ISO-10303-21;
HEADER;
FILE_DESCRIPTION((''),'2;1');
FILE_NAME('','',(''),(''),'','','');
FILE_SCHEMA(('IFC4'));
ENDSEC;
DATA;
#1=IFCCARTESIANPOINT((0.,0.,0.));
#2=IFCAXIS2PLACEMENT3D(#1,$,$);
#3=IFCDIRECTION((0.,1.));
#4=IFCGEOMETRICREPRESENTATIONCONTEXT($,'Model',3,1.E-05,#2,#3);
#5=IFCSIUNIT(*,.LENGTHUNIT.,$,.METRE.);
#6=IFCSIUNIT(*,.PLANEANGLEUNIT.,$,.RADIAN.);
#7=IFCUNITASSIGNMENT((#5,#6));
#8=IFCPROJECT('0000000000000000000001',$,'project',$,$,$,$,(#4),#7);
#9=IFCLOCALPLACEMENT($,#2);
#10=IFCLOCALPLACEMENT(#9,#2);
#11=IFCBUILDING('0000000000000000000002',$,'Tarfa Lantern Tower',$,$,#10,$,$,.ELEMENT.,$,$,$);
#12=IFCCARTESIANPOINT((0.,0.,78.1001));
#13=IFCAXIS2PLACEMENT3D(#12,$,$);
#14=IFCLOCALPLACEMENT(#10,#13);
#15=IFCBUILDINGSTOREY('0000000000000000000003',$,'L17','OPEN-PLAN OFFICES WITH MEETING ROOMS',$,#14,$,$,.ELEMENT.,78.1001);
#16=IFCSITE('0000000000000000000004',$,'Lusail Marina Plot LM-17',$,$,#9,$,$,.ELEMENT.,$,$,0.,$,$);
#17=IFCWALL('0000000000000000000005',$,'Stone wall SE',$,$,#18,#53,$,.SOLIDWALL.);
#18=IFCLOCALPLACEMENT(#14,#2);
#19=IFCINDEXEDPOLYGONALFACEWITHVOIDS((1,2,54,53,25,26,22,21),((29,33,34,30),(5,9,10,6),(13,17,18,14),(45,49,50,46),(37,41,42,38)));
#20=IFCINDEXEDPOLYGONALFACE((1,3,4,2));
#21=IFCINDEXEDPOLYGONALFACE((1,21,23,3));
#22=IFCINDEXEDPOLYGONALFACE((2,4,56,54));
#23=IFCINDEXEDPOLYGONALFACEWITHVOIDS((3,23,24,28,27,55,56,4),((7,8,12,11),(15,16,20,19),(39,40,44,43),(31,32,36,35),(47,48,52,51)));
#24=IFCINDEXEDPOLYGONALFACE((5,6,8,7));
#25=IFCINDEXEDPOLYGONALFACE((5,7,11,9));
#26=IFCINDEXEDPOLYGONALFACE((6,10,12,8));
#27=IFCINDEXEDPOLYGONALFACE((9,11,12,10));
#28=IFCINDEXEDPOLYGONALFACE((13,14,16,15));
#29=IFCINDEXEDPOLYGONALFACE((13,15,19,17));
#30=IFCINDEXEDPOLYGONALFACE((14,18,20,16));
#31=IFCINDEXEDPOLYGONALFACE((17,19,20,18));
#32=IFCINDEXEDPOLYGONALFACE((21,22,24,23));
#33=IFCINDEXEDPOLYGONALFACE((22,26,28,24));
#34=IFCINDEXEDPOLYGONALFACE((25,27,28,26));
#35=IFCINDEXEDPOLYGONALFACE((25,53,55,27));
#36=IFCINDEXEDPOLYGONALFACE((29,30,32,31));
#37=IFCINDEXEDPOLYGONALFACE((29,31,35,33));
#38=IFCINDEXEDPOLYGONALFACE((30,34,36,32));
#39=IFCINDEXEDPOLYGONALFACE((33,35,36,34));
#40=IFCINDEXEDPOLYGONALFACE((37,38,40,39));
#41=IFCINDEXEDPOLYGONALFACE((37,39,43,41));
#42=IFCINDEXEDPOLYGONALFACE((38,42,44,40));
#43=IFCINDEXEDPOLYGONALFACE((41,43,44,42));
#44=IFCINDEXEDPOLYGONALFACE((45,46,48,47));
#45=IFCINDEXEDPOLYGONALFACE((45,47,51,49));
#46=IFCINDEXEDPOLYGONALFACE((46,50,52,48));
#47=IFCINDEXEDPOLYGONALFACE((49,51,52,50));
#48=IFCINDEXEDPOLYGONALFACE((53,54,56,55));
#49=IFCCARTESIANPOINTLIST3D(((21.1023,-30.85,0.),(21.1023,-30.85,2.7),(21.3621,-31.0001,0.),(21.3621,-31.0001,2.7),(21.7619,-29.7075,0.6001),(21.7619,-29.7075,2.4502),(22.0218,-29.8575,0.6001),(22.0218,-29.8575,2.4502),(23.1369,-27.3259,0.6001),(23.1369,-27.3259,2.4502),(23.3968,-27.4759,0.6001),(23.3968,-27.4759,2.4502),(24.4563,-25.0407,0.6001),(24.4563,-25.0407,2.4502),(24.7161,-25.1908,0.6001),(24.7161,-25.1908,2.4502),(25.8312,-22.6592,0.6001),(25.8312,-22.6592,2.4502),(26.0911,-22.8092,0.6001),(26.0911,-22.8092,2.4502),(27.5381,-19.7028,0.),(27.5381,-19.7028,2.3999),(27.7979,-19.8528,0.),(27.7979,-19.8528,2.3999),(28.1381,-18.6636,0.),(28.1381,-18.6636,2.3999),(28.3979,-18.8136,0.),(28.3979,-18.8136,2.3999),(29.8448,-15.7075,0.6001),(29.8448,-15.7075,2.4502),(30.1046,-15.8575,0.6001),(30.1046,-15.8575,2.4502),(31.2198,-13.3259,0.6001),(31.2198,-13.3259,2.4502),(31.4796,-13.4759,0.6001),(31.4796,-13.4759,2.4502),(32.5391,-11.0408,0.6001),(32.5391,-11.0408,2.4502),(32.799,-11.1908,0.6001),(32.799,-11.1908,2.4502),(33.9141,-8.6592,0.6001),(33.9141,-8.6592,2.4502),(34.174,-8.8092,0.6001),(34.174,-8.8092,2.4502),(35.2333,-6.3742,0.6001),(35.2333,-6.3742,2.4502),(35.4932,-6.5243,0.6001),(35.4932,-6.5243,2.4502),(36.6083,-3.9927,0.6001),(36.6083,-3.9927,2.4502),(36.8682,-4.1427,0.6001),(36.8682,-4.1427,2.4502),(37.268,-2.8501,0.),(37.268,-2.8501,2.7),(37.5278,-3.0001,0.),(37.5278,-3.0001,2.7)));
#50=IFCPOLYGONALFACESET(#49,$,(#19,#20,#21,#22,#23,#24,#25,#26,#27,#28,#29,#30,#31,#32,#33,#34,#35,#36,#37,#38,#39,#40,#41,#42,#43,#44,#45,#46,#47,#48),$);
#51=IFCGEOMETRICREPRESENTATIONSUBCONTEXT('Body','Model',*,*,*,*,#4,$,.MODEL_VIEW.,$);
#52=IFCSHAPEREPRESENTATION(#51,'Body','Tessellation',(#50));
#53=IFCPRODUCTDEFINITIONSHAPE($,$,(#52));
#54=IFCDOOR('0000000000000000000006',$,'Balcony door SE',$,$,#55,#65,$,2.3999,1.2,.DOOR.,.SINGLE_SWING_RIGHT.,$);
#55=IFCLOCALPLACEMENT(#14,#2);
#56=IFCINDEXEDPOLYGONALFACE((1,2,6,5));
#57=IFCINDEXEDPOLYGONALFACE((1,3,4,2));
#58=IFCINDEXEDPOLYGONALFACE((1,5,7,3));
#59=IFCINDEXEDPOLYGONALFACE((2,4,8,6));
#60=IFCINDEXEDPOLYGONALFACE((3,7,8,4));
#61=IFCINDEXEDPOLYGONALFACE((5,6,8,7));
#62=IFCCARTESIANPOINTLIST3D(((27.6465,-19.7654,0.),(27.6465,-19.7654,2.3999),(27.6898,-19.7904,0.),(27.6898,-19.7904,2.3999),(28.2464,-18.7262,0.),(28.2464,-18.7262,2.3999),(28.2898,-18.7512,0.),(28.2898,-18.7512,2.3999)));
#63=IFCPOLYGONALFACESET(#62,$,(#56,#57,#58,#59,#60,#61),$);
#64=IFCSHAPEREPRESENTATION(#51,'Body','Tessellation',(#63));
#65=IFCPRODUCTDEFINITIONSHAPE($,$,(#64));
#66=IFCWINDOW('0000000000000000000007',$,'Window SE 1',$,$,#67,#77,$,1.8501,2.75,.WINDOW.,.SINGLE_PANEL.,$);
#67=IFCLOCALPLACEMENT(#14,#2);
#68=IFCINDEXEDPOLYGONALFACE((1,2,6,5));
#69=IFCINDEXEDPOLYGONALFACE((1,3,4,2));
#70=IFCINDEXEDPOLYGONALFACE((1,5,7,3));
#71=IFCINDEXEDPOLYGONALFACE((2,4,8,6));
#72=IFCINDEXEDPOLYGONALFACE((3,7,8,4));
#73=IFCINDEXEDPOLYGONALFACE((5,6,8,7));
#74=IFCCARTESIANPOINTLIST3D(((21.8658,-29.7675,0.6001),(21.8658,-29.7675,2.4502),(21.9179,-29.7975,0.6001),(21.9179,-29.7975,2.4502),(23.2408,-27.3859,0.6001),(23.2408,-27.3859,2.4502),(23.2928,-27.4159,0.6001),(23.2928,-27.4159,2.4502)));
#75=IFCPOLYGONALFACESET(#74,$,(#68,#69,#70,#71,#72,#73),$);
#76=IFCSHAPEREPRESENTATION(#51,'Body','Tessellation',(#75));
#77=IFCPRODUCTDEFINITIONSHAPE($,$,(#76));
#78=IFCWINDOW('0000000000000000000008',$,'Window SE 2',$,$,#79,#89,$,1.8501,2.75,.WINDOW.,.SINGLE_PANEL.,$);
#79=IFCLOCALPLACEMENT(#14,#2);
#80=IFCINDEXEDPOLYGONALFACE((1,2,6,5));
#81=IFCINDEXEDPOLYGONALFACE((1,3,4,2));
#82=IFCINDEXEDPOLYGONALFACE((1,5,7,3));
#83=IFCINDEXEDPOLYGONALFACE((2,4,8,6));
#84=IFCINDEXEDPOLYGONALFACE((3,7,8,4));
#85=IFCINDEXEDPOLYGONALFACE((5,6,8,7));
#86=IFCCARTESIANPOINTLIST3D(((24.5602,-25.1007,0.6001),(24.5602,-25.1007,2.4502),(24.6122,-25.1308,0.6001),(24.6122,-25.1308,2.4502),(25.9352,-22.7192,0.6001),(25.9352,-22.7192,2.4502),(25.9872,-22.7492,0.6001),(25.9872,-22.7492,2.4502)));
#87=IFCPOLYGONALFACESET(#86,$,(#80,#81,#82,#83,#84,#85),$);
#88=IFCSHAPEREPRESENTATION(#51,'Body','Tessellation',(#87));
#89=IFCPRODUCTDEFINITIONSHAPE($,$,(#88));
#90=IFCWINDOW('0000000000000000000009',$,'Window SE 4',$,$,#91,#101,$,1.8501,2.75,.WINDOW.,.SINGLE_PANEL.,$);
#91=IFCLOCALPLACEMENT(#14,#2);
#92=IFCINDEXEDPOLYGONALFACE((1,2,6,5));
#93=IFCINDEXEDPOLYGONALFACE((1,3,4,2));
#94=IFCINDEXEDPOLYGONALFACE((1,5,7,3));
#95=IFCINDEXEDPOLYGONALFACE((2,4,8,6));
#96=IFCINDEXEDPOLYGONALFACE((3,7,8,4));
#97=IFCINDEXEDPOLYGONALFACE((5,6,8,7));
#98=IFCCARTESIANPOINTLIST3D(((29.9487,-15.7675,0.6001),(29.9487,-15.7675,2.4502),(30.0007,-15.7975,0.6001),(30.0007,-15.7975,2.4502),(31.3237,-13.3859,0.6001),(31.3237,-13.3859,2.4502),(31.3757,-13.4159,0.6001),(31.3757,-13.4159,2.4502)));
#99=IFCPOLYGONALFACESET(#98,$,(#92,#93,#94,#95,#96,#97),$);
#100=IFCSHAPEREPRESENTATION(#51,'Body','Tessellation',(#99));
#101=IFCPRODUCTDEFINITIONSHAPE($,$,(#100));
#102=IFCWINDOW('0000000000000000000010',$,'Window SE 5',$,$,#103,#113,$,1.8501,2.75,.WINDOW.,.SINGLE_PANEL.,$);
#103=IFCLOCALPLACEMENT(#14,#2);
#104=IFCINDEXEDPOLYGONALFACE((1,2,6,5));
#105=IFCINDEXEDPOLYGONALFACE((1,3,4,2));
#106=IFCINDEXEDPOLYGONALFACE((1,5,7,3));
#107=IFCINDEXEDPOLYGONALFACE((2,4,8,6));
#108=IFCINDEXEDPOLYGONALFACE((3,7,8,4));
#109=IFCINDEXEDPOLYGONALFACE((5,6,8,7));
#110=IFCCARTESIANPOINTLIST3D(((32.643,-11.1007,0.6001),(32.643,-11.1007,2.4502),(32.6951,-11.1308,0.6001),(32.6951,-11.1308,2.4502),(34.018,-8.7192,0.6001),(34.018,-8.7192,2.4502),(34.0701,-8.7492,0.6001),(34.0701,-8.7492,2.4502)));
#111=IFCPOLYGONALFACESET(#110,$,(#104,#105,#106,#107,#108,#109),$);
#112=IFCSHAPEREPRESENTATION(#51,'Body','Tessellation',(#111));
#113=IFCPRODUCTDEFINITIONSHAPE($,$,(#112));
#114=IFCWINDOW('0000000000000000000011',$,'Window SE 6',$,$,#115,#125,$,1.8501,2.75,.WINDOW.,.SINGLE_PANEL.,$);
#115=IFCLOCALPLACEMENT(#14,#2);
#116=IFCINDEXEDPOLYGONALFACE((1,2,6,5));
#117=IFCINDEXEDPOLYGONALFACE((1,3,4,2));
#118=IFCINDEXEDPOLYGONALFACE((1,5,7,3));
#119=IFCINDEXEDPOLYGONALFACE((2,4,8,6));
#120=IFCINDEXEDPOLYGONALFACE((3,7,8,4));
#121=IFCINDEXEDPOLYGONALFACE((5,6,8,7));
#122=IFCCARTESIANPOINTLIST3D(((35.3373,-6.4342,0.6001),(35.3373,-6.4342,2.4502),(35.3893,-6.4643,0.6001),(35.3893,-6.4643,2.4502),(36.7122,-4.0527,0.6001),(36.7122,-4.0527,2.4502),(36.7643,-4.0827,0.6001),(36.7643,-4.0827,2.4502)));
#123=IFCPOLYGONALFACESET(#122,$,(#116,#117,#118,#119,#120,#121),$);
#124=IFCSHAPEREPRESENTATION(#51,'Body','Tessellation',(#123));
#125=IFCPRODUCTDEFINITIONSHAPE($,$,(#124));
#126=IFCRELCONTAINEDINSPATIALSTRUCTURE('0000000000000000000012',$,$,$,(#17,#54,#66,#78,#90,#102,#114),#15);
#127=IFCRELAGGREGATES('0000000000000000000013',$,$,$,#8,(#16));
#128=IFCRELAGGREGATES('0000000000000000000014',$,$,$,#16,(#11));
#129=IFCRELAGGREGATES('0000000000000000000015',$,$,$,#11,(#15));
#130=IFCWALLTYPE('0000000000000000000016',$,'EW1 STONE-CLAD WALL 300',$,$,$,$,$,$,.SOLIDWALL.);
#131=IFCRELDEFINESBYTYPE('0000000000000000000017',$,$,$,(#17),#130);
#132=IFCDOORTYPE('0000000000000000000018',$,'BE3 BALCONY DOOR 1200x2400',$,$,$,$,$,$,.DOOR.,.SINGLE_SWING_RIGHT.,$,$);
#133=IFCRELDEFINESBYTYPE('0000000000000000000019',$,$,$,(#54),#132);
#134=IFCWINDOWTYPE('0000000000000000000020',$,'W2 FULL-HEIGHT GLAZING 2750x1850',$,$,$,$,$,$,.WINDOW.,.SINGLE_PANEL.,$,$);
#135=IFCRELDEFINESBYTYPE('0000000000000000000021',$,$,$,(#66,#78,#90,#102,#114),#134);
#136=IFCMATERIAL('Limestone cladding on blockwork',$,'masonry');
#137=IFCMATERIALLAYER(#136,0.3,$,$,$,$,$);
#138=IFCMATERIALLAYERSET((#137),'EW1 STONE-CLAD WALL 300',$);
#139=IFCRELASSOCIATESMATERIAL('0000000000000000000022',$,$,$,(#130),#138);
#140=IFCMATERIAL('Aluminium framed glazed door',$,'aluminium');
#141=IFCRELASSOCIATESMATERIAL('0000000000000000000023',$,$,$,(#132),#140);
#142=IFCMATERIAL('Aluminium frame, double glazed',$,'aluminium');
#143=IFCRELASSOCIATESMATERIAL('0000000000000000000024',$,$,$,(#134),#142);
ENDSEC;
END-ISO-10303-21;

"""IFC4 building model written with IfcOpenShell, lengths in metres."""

from ifc_helpers import new_model, si_unit, direction, frame, frame_2d, origin, place, context, subcontext, project, spatial, rectangle, extrude, material, layer, layer_set, type_object, element, fill, save


model = new_model("IFC4")

# Units and contexts
model_context = context("Model", 3, precision=1e-05, world=origin(), true_north=direction((0.0, 1.0)))
body_context = subcontext(model_context, "Body", "Model", "MODEL_VIEW")
ifc_project = project(units=[si_unit("LENGTHUNIT", "METRE"), si_unit("PLANEANGLEUNIT", "RADIAN")], contexts=[model_context])

# Site, building, storey
site_placement = place(None, origin())
site = spatial("IfcSite", under=ifc_project, at=site_placement, Name="Lusail Marina Plot LM-17", CompositionType="ELEMENT", RefElevation=0.0)
building_placement = place(site_placement, origin())
building = spatial("IfcBuilding", under=site, at=building_placement, Name="Tarfa Lantern Tower", CompositionType="ELEMENT")
storey_placement = place(building_placement, frame((0.0, 0.0, 78.1001)))
storey = spatial("IfcBuildingStorey", under=building, at=storey_placement, Name="L17", Description="OPEN-PLAN OFFICES WITH MEETING ROOMS", CompositionType="ELEMENT", Elevation=78.1001)

# Wall, openings, door, windows
ifc_material_1 = material(Name="Limestone cladding on blockwork", Category="masonry")
ifc_layer = layer(ifc_material_1, 0.3)
ifc_layer_set = layer_set([ifc_layer], Name="EW1 STONE-CLAD WALL 300")
wall_type = type_object("IfcWallType", Name="EW1 STONE-CLAD WALL 300", PredefinedType="SOLIDWALL", material=ifc_layer_set)
wall_placement = place(storey_placement, frame((21.2322, -30.925, 0.0), z_axis=(0.0, 0.0, 1.0), x_axis=(0.499999, 0.866026, 0.0)))
wall = element("IfcWall", 1, at=wall_placement, inside=storey, type_object=wall_type, Name="Stone wall SE", PredefinedType="SOLIDWALL", context=body_context, shape_type="SweptSolid", body=[
    extrude(rectangle(XDim=32.3315, YDim=0.3, at=frame_2d((16.1658, 0.0))), origin(), (0.0, 0.0, 1.0), 2.7),
])
opening_1_placement = place(wall_placement, frame((1.3193, 0.0, 0.6001)))
opening_1 = element("IfcOpeningElement", 2, at=opening_1_placement, cuts=wall, PredefinedType="OPENING", context=body_context, shape_type="SweptSolid", body=[
    extrude(rectangle(XDim=2.75, YDim=1.8501, at=frame_2d((1.375, 0.925))), frame((0.0, 0.1599, 0.0), z_axis=(0.0, -1.0, 0.0), x_axis=(1.0, 0.0, 0.0)), (0.0, 0.0, 1.0), 0.3201),
])
opening_2_placement = place(wall_placement, frame((6.708, 0.0, 0.6001)))
opening_2 = element("IfcOpeningElement", 3, at=opening_2_placement, cuts=wall, PredefinedType="OPENING", context=body_context, shape_type="SweptSolid", body=[
    extrude(rectangle(XDim=2.75, YDim=1.8501, at=frame_2d((1.375, 0.925))), frame((0.0, 0.1599, 0.0), z_axis=(0.0, -1.0, 0.0), x_axis=(1.0, 0.0, 0.0)), (0.0, 0.0, 1.0), 0.3201),
])
opening_3_placement = place(wall_placement, frame((12.8716, 0.0, 0.0)))
opening_3 = element("IfcOpeningElement", 4, at=opening_3_placement, cuts=wall, PredefinedType="OPENING", context=body_context, shape_type="SweptSolid", body=[
    extrude(rectangle(XDim=1.2, YDim=2.3999, at=frame_2d((0.6001, 1.2))), frame((0.0, 0.1599, 0.0), z_axis=(0.0, -1.0, 0.0), x_axis=(1.0, 0.0, 0.0)), (0.0, 0.0, 1.0), 0.3201),
])
opening_4_placement = place(wall_placement, frame((17.4851, 0.0, 0.6001)))
opening_4 = element("IfcOpeningElement", 5, at=opening_4_placement, cuts=wall, PredefinedType="OPENING", context=body_context, shape_type="SweptSolid", body=[
    extrude(rectangle(XDim=2.75, YDim=1.8501, at=frame_2d((1.375, 0.925))), frame((0.0, 0.1599, 0.0), z_axis=(0.0, -1.0, 0.0), x_axis=(1.0, 0.0, 0.0)), (0.0, 0.0, 1.0), 0.3201),
])
opening_5_placement = place(wall_placement, frame((22.8738, 0.0, 0.6001)))
opening_5 = element("IfcOpeningElement", 6, at=opening_5_placement, cuts=wall, PredefinedType="OPENING", context=body_context, shape_type="SweptSolid", body=[
    extrude(rectangle(XDim=2.75, YDim=1.8501, at=frame_2d((1.375, 0.925))), frame((0.0, 0.1599, 0.0), z_axis=(0.0, -1.0, 0.0), x_axis=(1.0, 0.0, 0.0)), (0.0, 0.0, 1.0), 0.3201),
])
opening_6_placement = place(wall_placement, frame((28.2622, 0.0, 0.6001)))
opening_6 = element("IfcOpeningElement", 7, at=opening_6_placement, cuts=wall, PredefinedType="OPENING", context=body_context, shape_type="SweptSolid", body=[
    extrude(rectangle(XDim=2.75, YDim=1.8501, at=frame_2d((1.375, 0.925))), frame((0.0, 0.1599, 0.0), z_axis=(0.0, -1.0, 0.0), x_axis=(1.0, 0.0, 0.0)), (0.0, 0.0, 1.0), 0.3201),
])
ifc_material_2 = material(Name="Aluminium framed glazed door", Category="aluminium")
door_type = type_object("IfcDoorType", Name="BE3 BALCONY DOOR 1200x2400", OperationType="SINGLE_SWING_RIGHT", PredefinedType="DOOR", material=ifc_material_2)
door_placement = place(opening_3_placement, origin())
door = element("IfcDoor", 8, at=door_placement, inside=storey, type_object=door_type, Name="Balcony door SE", OperationType="SINGLE_SWING_RIGHT", OverallHeight=2.3999, OverallWidth=1.2, PredefinedType="DOOR", context=body_context, shape_type="SweptSolid", body=[
    extrude(rectangle(XDim=1.2, YDim=2.3999, at=frame_2d((0.6001, 1.2))), frame((0.0, 0.0249, 0.0), z_axis=(0.0, -1.0, 0.0), x_axis=(1.0, 0.0, 0.0)), (0.0, 0.0, 1.0), 0.05),
])
fill(opening_3, door)
ifc_material_3 = material(Name="Aluminium frame, double glazed", Category="aluminium")
window_type = type_object("IfcWindowType", Name="W2 FULL-HEIGHT GLAZING 2750x1850", PartitioningType="SINGLE_PANEL", PredefinedType="WINDOW", material=ifc_material_3)
window_1_placement = place(opening_1_placement, origin())
window_1 = element("IfcWindow", 9, at=window_1_placement, inside=storey, type_object=window_type, Name="Window SE 1", OverallHeight=1.8501, OverallWidth=2.75, PartitioningType="SINGLE_PANEL", PredefinedType="WINDOW", context=body_context, shape_type="SweptSolid", body=[
    extrude(rectangle(XDim=2.75, YDim=1.8501, at=frame_2d((1.375, 0.925))), frame((0.0, 0.03, 0.0), z_axis=(0.0, -1.0, 0.0), x_axis=(1.0, 0.0, 0.0)), (0.0, 0.0, 1.0), 0.0601),
])
fill(opening_1, window_1)
window_2_placement = place(opening_2_placement, origin())
window_2 = element("IfcWindow", 10, at=window_2_placement, inside=storey, type_object=window_type, Name="Window SE 2", OverallHeight=1.8501, OverallWidth=2.75, PartitioningType="SINGLE_PANEL", PredefinedType="WINDOW", context=body_context, shape_type="SweptSolid", body=[
    extrude(rectangle(XDim=2.75, YDim=1.8501, at=frame_2d((1.375, 0.925))), frame((0.0, 0.03, 0.0), z_axis=(0.0, -1.0, 0.0), x_axis=(1.0, 0.0, 0.0)), (0.0, 0.0, 1.0), 0.0601),
])
fill(opening_2, window_2)
window_3_placement = place(opening_4_placement, origin())
window_3 = element("IfcWindow", 11, at=window_3_placement, inside=storey, type_object=window_type, Name="Window SE 4", OverallHeight=1.8501, OverallWidth=2.75, PartitioningType="SINGLE_PANEL", PredefinedType="WINDOW", context=body_context, shape_type="SweptSolid", body=[
    extrude(rectangle(XDim=2.75, YDim=1.8501, at=frame_2d((1.375, 0.925))), frame((0.0, 0.03, 0.0), z_axis=(0.0, -1.0, 0.0), x_axis=(1.0, 0.0, 0.0)), (0.0, 0.0, 1.0), 0.0601),
])
fill(opening_4, window_3)
window_4_placement = place(opening_5_placement, origin())
window_4 = element("IfcWindow", 12, at=window_4_placement, inside=storey, type_object=window_type, Name="Window SE 5", OverallHeight=1.8501, OverallWidth=2.75, PartitioningType="SINGLE_PANEL", PredefinedType="WINDOW", context=body_context, shape_type="SweptSolid", body=[
    extrude(rectangle(XDim=2.75, YDim=1.8501, at=frame_2d((1.375, 0.925))), frame((0.0, 0.03, 0.0), z_axis=(0.0, -1.0, 0.0), x_axis=(1.0, 0.0, 0.0)), (0.0, 0.0, 1.0), 0.0601),
])
fill(opening_5, window_4)
window_5_placement = place(opening_6_placement, origin())
window_5 = element("IfcWindow", 13, at=window_5_placement, inside=storey, type_object=window_type, Name="Window SE 6", OverallHeight=1.8501, OverallWidth=2.75, PartitioningType="SINGLE_PANEL", PredefinedType="WINDOW", context=body_context, shape_type="SweptSolid", body=[
    extrude(rectangle(XDim=2.75, YDim=1.8501, at=frame_2d((1.375, 0.925))), frame((0.0, 0.03, 0.0), z_axis=(0.0, -1.0, 0.0), x_axis=(1.0, 0.0, 0.0)), (0.0, 0.0, 1.0), 0.0601),
])
fill(opening_6, window_5)

save(model, "model.ifc")
